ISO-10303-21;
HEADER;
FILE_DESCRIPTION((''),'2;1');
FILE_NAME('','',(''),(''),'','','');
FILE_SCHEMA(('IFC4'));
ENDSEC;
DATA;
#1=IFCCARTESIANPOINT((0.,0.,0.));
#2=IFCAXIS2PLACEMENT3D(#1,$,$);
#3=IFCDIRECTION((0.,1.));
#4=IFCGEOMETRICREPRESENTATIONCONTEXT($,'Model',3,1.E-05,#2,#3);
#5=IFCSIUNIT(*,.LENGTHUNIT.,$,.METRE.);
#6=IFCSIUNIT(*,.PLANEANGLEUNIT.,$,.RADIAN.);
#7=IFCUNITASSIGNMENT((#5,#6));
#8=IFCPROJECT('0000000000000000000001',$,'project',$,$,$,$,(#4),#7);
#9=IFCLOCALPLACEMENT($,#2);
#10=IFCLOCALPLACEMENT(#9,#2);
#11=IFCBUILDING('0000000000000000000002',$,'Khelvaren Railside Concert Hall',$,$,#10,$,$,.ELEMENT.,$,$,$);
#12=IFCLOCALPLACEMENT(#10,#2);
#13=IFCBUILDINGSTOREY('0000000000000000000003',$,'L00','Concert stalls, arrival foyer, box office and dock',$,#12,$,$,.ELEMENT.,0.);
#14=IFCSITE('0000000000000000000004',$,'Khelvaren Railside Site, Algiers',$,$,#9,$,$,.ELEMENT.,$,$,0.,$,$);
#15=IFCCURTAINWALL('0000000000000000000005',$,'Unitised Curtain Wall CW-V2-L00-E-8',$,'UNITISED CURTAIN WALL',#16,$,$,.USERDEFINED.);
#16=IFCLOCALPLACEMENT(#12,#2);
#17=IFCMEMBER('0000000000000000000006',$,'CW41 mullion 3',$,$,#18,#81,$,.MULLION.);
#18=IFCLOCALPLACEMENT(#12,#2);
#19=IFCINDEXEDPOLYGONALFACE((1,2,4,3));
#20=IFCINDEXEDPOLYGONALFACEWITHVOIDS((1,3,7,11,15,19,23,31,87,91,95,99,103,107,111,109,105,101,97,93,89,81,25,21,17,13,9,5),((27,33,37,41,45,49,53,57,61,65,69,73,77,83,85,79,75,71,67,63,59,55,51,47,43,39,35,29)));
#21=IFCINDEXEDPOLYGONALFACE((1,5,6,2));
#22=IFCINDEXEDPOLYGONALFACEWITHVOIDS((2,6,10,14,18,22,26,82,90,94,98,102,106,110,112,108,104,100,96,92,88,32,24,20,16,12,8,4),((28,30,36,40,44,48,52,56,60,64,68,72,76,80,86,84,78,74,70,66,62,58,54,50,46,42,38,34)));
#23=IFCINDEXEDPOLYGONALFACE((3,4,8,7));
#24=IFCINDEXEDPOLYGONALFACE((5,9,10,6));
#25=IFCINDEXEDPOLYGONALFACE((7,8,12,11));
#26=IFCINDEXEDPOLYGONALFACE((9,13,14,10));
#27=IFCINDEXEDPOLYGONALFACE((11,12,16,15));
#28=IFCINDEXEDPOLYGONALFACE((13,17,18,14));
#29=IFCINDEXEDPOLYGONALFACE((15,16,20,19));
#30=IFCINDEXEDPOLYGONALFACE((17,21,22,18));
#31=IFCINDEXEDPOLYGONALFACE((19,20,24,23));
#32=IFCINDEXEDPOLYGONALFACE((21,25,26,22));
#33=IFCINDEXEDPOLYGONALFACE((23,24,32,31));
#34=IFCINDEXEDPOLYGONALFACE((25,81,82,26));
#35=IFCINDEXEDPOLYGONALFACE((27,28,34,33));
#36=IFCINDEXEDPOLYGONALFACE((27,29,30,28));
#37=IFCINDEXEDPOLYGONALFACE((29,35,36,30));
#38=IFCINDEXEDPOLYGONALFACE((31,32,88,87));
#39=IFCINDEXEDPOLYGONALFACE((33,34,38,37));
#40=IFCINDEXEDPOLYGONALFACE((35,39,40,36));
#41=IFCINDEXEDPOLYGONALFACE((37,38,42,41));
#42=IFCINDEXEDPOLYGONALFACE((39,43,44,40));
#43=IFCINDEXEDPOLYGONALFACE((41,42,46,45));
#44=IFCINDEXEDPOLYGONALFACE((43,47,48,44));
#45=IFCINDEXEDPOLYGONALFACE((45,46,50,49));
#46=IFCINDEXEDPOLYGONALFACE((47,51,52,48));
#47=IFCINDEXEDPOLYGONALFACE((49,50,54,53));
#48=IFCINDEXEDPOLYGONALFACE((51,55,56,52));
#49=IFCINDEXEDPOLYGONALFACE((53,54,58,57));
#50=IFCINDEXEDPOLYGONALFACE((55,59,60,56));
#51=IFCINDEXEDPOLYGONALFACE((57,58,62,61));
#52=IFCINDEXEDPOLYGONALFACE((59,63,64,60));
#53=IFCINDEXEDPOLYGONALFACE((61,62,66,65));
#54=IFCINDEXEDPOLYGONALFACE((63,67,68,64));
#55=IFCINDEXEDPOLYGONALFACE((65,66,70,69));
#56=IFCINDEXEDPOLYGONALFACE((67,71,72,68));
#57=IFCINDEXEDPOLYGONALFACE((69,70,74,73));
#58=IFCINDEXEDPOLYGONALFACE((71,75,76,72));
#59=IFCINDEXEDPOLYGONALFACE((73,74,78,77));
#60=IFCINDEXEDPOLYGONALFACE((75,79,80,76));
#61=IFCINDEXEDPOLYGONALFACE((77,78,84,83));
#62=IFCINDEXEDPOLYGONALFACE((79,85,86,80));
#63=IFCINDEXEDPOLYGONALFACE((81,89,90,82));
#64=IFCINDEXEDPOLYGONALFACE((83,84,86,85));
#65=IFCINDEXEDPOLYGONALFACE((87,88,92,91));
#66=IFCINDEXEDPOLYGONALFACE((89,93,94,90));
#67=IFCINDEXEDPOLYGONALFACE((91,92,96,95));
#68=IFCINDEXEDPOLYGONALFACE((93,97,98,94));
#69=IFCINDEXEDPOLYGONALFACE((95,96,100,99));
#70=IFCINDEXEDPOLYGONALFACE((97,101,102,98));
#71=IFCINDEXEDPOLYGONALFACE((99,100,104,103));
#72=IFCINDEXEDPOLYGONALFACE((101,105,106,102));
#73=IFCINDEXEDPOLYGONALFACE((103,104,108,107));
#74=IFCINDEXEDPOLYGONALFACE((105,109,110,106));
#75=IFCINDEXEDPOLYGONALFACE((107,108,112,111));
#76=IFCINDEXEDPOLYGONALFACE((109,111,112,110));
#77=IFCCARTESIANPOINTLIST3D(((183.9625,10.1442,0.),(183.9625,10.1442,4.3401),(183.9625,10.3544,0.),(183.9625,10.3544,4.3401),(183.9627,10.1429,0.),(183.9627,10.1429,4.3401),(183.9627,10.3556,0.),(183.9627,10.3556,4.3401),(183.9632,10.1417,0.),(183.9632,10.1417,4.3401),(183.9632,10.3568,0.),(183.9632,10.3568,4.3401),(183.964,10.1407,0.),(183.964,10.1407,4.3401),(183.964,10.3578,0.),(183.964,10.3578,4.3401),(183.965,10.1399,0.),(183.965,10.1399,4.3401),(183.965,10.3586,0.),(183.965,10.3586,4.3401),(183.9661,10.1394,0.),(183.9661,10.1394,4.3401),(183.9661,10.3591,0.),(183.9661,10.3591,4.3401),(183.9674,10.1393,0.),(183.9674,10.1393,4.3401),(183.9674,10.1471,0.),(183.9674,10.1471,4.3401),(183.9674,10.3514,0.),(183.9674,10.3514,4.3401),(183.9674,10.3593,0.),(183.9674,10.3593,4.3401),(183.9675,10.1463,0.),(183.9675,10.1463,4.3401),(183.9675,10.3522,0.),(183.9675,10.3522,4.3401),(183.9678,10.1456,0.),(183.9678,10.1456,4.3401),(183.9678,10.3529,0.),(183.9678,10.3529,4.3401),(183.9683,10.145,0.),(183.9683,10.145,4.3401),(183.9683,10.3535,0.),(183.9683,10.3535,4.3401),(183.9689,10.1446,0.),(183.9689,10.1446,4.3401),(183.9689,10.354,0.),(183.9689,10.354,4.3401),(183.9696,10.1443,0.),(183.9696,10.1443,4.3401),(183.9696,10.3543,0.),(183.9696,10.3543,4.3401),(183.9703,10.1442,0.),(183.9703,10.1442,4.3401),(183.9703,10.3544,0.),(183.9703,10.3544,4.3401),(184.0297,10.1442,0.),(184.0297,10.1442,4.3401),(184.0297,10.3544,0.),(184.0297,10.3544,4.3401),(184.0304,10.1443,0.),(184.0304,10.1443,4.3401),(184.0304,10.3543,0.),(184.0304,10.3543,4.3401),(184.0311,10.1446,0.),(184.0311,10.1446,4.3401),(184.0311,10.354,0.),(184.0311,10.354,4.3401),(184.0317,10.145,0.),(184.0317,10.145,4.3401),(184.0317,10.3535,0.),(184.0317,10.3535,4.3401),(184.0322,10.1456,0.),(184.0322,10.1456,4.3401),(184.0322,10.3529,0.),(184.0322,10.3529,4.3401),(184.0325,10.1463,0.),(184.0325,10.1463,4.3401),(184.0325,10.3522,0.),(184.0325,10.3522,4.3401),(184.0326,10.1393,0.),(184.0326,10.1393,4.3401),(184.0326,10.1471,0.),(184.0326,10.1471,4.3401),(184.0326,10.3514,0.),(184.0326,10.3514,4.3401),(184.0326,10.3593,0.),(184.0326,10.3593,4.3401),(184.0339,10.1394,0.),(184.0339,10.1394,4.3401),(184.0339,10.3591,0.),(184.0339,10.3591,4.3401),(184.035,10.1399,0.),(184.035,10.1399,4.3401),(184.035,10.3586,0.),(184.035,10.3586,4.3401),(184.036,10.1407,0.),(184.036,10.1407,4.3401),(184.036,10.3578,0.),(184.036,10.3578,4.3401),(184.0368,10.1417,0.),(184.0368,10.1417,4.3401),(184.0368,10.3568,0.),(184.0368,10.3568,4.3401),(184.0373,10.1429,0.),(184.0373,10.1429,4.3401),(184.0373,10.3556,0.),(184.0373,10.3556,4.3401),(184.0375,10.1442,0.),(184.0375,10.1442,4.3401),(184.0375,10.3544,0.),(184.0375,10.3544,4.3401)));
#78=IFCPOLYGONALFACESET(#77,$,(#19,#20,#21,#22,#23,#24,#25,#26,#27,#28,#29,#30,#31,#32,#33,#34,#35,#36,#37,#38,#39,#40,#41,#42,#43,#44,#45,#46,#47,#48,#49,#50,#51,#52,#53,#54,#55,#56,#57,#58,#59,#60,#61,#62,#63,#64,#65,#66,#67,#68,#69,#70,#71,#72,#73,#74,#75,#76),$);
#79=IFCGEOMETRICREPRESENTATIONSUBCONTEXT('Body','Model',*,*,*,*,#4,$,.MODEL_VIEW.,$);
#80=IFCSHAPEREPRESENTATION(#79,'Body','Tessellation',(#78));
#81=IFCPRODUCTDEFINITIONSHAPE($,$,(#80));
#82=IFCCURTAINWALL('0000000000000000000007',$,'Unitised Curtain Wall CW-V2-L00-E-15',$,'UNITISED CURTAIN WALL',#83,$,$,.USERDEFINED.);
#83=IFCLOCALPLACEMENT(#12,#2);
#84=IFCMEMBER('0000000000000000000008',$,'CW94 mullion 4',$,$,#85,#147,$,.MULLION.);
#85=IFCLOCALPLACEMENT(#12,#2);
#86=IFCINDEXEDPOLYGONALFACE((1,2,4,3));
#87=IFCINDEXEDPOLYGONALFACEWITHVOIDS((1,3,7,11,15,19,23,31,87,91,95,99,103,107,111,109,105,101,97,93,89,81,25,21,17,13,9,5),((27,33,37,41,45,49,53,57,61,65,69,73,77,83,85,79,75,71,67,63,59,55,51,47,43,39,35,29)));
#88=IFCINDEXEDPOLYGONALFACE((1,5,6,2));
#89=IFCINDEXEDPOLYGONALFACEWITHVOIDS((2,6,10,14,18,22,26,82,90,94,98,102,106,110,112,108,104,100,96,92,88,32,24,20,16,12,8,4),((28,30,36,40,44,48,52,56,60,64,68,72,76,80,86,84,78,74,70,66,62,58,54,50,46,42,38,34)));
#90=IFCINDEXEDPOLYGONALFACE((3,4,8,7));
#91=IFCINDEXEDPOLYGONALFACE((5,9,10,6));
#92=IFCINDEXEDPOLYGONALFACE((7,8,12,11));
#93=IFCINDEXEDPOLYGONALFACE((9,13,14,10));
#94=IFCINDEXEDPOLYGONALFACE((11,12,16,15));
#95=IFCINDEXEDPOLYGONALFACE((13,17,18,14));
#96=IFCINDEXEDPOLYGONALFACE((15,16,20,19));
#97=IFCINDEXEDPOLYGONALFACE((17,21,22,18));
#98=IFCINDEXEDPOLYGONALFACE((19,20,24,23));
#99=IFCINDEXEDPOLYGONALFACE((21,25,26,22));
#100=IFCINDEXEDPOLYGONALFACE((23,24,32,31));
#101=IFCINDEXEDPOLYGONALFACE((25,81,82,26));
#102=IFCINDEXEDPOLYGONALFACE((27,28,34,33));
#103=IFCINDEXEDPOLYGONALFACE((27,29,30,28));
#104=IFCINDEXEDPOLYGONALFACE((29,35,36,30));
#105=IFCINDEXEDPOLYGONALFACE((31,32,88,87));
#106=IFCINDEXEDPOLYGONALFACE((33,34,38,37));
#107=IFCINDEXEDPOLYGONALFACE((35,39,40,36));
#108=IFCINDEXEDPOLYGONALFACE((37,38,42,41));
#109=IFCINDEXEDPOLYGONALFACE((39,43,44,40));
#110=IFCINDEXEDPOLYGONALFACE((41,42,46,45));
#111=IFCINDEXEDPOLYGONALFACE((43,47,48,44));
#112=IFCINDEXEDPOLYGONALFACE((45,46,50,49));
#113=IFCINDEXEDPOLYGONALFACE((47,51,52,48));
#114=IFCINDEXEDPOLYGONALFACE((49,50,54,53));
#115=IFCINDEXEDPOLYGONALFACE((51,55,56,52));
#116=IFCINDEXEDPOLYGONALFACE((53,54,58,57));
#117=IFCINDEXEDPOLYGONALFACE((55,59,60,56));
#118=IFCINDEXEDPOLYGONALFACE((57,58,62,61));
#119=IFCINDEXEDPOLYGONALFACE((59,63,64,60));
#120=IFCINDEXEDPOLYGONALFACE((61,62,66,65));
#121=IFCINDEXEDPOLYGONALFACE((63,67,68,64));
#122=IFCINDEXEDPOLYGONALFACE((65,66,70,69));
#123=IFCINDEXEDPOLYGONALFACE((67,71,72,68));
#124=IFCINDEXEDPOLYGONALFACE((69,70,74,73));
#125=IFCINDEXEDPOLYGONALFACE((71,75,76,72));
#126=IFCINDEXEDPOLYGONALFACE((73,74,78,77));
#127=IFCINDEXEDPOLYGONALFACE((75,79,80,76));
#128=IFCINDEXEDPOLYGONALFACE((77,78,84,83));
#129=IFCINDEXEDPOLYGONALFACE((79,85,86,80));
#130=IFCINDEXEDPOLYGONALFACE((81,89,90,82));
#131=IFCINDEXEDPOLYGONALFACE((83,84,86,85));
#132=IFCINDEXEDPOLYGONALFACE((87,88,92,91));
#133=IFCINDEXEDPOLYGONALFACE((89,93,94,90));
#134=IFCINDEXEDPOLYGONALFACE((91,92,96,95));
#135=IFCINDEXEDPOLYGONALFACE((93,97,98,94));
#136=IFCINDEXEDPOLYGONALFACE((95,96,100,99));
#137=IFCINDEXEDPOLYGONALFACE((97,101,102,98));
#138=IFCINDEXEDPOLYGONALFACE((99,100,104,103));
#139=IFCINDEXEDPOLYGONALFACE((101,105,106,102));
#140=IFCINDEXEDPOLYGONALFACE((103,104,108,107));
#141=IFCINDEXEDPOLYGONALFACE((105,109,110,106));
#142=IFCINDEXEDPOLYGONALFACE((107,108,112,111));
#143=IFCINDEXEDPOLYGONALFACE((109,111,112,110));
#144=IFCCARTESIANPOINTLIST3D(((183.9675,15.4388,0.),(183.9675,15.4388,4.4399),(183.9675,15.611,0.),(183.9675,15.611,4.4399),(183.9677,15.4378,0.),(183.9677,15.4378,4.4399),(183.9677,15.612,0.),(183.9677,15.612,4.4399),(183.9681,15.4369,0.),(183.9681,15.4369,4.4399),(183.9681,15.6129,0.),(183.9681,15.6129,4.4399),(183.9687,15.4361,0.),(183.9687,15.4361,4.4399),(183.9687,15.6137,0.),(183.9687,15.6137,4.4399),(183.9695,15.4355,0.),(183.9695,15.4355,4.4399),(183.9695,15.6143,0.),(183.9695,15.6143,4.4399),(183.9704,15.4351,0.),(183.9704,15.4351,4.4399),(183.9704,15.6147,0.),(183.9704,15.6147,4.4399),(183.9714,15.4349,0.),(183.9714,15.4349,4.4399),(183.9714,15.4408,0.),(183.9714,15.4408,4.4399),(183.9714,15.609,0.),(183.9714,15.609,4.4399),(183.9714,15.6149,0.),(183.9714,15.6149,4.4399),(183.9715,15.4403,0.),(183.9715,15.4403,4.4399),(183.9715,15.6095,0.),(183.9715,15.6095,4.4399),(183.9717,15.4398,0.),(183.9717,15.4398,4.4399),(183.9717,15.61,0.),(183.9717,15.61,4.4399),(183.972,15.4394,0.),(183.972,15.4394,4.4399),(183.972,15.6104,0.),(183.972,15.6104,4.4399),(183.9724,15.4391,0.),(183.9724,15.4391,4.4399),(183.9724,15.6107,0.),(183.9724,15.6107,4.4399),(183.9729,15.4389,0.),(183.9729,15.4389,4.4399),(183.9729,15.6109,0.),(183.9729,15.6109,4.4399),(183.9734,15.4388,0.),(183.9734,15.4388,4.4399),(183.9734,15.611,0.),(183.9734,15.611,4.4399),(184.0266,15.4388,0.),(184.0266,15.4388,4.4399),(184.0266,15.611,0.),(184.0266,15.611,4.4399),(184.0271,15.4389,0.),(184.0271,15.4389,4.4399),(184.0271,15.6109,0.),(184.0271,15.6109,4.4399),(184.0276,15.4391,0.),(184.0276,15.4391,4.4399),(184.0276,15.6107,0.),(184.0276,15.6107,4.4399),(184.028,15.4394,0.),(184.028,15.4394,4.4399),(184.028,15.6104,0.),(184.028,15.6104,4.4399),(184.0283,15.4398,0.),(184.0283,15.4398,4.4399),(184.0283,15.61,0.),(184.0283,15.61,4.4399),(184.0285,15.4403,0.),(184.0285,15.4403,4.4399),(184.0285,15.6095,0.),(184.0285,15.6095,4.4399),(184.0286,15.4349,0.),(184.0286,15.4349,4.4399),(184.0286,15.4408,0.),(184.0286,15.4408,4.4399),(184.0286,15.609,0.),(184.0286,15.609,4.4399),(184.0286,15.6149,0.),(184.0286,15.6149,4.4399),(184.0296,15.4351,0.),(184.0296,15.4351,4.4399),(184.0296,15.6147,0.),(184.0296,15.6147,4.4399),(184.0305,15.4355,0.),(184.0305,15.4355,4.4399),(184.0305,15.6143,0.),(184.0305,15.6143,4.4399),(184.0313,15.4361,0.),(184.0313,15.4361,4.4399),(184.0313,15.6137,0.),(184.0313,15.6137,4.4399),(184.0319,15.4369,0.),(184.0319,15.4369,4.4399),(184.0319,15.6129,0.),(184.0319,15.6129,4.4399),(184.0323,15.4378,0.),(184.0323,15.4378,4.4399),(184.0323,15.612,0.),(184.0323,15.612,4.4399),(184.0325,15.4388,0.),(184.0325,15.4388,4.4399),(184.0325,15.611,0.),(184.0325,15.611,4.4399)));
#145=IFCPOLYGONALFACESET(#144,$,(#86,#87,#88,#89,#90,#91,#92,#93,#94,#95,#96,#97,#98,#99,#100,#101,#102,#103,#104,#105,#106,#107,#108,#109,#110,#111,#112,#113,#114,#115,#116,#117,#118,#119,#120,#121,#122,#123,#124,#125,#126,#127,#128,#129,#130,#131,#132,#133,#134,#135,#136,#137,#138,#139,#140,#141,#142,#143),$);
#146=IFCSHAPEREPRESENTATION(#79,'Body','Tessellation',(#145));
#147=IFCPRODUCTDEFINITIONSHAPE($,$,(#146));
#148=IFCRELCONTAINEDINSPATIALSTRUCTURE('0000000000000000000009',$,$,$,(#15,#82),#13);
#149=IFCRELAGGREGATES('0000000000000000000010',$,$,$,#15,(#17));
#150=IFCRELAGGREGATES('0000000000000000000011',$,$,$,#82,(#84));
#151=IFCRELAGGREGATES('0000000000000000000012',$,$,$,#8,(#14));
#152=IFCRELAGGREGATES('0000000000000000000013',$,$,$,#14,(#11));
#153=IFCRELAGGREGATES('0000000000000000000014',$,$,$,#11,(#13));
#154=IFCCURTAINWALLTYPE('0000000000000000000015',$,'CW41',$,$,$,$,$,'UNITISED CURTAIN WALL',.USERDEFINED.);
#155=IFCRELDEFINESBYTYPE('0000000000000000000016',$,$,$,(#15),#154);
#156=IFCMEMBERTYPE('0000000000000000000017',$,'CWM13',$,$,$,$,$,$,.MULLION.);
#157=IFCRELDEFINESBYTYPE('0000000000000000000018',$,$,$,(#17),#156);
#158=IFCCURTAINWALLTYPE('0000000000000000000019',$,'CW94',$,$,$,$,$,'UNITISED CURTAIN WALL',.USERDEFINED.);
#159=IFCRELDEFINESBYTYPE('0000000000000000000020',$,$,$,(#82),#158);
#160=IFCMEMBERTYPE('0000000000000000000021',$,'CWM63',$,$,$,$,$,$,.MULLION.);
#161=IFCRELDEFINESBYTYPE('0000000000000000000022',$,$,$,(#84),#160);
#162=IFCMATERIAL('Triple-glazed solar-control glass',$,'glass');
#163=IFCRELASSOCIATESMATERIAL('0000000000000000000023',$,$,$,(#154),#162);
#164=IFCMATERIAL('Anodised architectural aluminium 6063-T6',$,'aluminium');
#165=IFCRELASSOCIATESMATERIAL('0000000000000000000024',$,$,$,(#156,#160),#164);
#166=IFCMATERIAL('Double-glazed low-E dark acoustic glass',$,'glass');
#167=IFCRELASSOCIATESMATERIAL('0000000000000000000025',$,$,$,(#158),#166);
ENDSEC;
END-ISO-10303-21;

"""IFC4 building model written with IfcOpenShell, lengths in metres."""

from ifc_helpers import new_model, si_unit, direction, frame, origin, origin_2d, place, context, subcontext, project, spatial, hollow_rectangle, extrude, material, material_profile, profile_set, type_object, element, aggregate, save


model = new_model("IFC4")

# Units and contexts
model_context = context("Model", 3, precision=1e-05, world=origin(), true_north=direction((0.0, 1.0)))
body_context = subcontext(model_context, "Body", "Model", "MODEL_VIEW")
ifc_project = project(units=[si_unit("LENGTHUNIT", "METRE"), si_unit("PLANEANGLEUNIT", "RADIAN")], contexts=[model_context])

# Site, building, storey
site_placement = place(None, origin())
site = spatial("IfcSite", under=ifc_project, at=site_placement, Name="Khelvaren Railside Site, Algiers", CompositionType="ELEMENT", RefElevation=0.0)
building_placement = place(site_placement, origin())
building = spatial("IfcBuilding", under=site, at=building_placement, Name="Khelvaren Railside Concert Hall", CompositionType="ELEMENT")
storey_placement = place(building_placement, origin())
storey = spatial("IfcBuildingStorey", under=building, at=storey_placement, Name="L00", Description="Concert stalls, arrival foyer, box office and dock", CompositionType="ELEMENT", Elevation=0.0)

# Curtain wall, member
ifc_material_1 = material(Name="Triple-glazed solar-control glass", Category="glass")
curtain_wall_type_1 = type_object("IfcCurtainWallType", Name="CW41", ElementType="UNITISED CURTAIN WALL", PredefinedType="USERDEFINED", material=ifc_material_1)
curtain_wall_1_placement = place(storey_placement, origin())
curtain_wall_1 = element("IfcCurtainWall", 1, at=curtain_wall_1_placement, inside=storey, type_object=curtain_wall_type_1, Name="Unitised Curtain Wall CW-V2-L00-E-8", ObjectType="UNITISED CURTAIN WALL", PredefinedType="USERDEFINED")
ifc_material_2 = material(Name="Anodised architectural aluminium 6063-T6", Category="aluminium")
ifc_material_profile_1 = material_profile(ifc_material_2, hollow_rectangle(XDim=0.075, YDim=0.22, WallThickness=0.0049, InnerFilletRadius=0.0029, OuterFilletRadius=0.0049, at=origin_2d()), Name="CWM 75x220x5")
ifc_profile_set_1 = profile_set([ifc_material_profile_1], Name="Anodised architectural aluminium 6063-T6")
member_type_1 = type_object("IfcMemberType", Name="CWM13", PredefinedType="MULLION", material=ifc_profile_set_1)
member_1_placement = place(storey_placement, frame((184.0, 10.2493, 0.0), z_axis=(0.0, 0.0, 1.0), x_axis=(1.0, 0.0, 0.0)))
member_1 = element("IfcMember", 2, at=member_1_placement, type_object=member_type_1, Name="CW41 mullion 3", PredefinedType="MULLION", context=body_context, shape_type="SweptSolid", body=[
    extrude(hollow_rectangle(XDim=0.075, YDim=0.22, WallThickness=0.0049, InnerFilletRadius=0.0029, OuterFilletRadius=0.0049, at=origin_2d()), origin(), (0.0, 0.0, 1.0), 4.3401),
])

# Curtain wall, member
ifc_material_3 = material(Name="Double-glazed low-E dark acoustic glass", Category="glass")
curtain_wall_type_2 = type_object("IfcCurtainWallType", Name="CW94", ElementType="UNITISED CURTAIN WALL", PredefinedType="USERDEFINED", material=ifc_material_3)
curtain_wall_2_placement = place(storey_placement, origin())
curtain_wall_2 = element("IfcCurtainWall", 3, at=curtain_wall_2_placement, inside=storey, type_object=curtain_wall_type_2, Name="Unitised Curtain Wall CW-V2-L00-E-15", ObjectType="UNITISED CURTAIN WALL", PredefinedType="USERDEFINED")
ifc_material_profile_2 = material_profile(ifc_material_2, hollow_rectangle(XDim=0.0649, YDim=0.1799, WallThickness=0.0039, InnerFilletRadius=0.002, OuterFilletRadius=0.0039, at=origin_2d()), Name="CWM 65x180x4")
ifc_profile_set_2 = profile_set([ifc_material_profile_2], Name="Anodised architectural aluminium 6063-T6")
member_type_2 = type_object("IfcMemberType", Name="CWM63", PredefinedType="MULLION", material=ifc_profile_set_2)
member_2_placement = place(storey_placement, frame((184.0, 15.5249, 0.0), z_axis=(0.0, 0.0, 1.0), x_axis=(1.0, 0.0, 0.0)))
member_2 = element("IfcMember", 4, at=member_2_placement, type_object=member_type_2, Name="CW94 mullion 4", PredefinedType="MULLION", context=body_context, shape_type="SweptSolid", body=[
    extrude(hollow_rectangle(XDim=0.0649, YDim=0.1799, WallThickness=0.0039, InnerFilletRadius=0.002, OuterFilletRadius=0.0039, at=origin_2d()), origin(), (0.0, 0.0, 1.0), 4.4399),
])

aggregate(curtain_wall_1, [member_1])
aggregate(curtain_wall_2, [member_2])

save(model, "model.ifc")
